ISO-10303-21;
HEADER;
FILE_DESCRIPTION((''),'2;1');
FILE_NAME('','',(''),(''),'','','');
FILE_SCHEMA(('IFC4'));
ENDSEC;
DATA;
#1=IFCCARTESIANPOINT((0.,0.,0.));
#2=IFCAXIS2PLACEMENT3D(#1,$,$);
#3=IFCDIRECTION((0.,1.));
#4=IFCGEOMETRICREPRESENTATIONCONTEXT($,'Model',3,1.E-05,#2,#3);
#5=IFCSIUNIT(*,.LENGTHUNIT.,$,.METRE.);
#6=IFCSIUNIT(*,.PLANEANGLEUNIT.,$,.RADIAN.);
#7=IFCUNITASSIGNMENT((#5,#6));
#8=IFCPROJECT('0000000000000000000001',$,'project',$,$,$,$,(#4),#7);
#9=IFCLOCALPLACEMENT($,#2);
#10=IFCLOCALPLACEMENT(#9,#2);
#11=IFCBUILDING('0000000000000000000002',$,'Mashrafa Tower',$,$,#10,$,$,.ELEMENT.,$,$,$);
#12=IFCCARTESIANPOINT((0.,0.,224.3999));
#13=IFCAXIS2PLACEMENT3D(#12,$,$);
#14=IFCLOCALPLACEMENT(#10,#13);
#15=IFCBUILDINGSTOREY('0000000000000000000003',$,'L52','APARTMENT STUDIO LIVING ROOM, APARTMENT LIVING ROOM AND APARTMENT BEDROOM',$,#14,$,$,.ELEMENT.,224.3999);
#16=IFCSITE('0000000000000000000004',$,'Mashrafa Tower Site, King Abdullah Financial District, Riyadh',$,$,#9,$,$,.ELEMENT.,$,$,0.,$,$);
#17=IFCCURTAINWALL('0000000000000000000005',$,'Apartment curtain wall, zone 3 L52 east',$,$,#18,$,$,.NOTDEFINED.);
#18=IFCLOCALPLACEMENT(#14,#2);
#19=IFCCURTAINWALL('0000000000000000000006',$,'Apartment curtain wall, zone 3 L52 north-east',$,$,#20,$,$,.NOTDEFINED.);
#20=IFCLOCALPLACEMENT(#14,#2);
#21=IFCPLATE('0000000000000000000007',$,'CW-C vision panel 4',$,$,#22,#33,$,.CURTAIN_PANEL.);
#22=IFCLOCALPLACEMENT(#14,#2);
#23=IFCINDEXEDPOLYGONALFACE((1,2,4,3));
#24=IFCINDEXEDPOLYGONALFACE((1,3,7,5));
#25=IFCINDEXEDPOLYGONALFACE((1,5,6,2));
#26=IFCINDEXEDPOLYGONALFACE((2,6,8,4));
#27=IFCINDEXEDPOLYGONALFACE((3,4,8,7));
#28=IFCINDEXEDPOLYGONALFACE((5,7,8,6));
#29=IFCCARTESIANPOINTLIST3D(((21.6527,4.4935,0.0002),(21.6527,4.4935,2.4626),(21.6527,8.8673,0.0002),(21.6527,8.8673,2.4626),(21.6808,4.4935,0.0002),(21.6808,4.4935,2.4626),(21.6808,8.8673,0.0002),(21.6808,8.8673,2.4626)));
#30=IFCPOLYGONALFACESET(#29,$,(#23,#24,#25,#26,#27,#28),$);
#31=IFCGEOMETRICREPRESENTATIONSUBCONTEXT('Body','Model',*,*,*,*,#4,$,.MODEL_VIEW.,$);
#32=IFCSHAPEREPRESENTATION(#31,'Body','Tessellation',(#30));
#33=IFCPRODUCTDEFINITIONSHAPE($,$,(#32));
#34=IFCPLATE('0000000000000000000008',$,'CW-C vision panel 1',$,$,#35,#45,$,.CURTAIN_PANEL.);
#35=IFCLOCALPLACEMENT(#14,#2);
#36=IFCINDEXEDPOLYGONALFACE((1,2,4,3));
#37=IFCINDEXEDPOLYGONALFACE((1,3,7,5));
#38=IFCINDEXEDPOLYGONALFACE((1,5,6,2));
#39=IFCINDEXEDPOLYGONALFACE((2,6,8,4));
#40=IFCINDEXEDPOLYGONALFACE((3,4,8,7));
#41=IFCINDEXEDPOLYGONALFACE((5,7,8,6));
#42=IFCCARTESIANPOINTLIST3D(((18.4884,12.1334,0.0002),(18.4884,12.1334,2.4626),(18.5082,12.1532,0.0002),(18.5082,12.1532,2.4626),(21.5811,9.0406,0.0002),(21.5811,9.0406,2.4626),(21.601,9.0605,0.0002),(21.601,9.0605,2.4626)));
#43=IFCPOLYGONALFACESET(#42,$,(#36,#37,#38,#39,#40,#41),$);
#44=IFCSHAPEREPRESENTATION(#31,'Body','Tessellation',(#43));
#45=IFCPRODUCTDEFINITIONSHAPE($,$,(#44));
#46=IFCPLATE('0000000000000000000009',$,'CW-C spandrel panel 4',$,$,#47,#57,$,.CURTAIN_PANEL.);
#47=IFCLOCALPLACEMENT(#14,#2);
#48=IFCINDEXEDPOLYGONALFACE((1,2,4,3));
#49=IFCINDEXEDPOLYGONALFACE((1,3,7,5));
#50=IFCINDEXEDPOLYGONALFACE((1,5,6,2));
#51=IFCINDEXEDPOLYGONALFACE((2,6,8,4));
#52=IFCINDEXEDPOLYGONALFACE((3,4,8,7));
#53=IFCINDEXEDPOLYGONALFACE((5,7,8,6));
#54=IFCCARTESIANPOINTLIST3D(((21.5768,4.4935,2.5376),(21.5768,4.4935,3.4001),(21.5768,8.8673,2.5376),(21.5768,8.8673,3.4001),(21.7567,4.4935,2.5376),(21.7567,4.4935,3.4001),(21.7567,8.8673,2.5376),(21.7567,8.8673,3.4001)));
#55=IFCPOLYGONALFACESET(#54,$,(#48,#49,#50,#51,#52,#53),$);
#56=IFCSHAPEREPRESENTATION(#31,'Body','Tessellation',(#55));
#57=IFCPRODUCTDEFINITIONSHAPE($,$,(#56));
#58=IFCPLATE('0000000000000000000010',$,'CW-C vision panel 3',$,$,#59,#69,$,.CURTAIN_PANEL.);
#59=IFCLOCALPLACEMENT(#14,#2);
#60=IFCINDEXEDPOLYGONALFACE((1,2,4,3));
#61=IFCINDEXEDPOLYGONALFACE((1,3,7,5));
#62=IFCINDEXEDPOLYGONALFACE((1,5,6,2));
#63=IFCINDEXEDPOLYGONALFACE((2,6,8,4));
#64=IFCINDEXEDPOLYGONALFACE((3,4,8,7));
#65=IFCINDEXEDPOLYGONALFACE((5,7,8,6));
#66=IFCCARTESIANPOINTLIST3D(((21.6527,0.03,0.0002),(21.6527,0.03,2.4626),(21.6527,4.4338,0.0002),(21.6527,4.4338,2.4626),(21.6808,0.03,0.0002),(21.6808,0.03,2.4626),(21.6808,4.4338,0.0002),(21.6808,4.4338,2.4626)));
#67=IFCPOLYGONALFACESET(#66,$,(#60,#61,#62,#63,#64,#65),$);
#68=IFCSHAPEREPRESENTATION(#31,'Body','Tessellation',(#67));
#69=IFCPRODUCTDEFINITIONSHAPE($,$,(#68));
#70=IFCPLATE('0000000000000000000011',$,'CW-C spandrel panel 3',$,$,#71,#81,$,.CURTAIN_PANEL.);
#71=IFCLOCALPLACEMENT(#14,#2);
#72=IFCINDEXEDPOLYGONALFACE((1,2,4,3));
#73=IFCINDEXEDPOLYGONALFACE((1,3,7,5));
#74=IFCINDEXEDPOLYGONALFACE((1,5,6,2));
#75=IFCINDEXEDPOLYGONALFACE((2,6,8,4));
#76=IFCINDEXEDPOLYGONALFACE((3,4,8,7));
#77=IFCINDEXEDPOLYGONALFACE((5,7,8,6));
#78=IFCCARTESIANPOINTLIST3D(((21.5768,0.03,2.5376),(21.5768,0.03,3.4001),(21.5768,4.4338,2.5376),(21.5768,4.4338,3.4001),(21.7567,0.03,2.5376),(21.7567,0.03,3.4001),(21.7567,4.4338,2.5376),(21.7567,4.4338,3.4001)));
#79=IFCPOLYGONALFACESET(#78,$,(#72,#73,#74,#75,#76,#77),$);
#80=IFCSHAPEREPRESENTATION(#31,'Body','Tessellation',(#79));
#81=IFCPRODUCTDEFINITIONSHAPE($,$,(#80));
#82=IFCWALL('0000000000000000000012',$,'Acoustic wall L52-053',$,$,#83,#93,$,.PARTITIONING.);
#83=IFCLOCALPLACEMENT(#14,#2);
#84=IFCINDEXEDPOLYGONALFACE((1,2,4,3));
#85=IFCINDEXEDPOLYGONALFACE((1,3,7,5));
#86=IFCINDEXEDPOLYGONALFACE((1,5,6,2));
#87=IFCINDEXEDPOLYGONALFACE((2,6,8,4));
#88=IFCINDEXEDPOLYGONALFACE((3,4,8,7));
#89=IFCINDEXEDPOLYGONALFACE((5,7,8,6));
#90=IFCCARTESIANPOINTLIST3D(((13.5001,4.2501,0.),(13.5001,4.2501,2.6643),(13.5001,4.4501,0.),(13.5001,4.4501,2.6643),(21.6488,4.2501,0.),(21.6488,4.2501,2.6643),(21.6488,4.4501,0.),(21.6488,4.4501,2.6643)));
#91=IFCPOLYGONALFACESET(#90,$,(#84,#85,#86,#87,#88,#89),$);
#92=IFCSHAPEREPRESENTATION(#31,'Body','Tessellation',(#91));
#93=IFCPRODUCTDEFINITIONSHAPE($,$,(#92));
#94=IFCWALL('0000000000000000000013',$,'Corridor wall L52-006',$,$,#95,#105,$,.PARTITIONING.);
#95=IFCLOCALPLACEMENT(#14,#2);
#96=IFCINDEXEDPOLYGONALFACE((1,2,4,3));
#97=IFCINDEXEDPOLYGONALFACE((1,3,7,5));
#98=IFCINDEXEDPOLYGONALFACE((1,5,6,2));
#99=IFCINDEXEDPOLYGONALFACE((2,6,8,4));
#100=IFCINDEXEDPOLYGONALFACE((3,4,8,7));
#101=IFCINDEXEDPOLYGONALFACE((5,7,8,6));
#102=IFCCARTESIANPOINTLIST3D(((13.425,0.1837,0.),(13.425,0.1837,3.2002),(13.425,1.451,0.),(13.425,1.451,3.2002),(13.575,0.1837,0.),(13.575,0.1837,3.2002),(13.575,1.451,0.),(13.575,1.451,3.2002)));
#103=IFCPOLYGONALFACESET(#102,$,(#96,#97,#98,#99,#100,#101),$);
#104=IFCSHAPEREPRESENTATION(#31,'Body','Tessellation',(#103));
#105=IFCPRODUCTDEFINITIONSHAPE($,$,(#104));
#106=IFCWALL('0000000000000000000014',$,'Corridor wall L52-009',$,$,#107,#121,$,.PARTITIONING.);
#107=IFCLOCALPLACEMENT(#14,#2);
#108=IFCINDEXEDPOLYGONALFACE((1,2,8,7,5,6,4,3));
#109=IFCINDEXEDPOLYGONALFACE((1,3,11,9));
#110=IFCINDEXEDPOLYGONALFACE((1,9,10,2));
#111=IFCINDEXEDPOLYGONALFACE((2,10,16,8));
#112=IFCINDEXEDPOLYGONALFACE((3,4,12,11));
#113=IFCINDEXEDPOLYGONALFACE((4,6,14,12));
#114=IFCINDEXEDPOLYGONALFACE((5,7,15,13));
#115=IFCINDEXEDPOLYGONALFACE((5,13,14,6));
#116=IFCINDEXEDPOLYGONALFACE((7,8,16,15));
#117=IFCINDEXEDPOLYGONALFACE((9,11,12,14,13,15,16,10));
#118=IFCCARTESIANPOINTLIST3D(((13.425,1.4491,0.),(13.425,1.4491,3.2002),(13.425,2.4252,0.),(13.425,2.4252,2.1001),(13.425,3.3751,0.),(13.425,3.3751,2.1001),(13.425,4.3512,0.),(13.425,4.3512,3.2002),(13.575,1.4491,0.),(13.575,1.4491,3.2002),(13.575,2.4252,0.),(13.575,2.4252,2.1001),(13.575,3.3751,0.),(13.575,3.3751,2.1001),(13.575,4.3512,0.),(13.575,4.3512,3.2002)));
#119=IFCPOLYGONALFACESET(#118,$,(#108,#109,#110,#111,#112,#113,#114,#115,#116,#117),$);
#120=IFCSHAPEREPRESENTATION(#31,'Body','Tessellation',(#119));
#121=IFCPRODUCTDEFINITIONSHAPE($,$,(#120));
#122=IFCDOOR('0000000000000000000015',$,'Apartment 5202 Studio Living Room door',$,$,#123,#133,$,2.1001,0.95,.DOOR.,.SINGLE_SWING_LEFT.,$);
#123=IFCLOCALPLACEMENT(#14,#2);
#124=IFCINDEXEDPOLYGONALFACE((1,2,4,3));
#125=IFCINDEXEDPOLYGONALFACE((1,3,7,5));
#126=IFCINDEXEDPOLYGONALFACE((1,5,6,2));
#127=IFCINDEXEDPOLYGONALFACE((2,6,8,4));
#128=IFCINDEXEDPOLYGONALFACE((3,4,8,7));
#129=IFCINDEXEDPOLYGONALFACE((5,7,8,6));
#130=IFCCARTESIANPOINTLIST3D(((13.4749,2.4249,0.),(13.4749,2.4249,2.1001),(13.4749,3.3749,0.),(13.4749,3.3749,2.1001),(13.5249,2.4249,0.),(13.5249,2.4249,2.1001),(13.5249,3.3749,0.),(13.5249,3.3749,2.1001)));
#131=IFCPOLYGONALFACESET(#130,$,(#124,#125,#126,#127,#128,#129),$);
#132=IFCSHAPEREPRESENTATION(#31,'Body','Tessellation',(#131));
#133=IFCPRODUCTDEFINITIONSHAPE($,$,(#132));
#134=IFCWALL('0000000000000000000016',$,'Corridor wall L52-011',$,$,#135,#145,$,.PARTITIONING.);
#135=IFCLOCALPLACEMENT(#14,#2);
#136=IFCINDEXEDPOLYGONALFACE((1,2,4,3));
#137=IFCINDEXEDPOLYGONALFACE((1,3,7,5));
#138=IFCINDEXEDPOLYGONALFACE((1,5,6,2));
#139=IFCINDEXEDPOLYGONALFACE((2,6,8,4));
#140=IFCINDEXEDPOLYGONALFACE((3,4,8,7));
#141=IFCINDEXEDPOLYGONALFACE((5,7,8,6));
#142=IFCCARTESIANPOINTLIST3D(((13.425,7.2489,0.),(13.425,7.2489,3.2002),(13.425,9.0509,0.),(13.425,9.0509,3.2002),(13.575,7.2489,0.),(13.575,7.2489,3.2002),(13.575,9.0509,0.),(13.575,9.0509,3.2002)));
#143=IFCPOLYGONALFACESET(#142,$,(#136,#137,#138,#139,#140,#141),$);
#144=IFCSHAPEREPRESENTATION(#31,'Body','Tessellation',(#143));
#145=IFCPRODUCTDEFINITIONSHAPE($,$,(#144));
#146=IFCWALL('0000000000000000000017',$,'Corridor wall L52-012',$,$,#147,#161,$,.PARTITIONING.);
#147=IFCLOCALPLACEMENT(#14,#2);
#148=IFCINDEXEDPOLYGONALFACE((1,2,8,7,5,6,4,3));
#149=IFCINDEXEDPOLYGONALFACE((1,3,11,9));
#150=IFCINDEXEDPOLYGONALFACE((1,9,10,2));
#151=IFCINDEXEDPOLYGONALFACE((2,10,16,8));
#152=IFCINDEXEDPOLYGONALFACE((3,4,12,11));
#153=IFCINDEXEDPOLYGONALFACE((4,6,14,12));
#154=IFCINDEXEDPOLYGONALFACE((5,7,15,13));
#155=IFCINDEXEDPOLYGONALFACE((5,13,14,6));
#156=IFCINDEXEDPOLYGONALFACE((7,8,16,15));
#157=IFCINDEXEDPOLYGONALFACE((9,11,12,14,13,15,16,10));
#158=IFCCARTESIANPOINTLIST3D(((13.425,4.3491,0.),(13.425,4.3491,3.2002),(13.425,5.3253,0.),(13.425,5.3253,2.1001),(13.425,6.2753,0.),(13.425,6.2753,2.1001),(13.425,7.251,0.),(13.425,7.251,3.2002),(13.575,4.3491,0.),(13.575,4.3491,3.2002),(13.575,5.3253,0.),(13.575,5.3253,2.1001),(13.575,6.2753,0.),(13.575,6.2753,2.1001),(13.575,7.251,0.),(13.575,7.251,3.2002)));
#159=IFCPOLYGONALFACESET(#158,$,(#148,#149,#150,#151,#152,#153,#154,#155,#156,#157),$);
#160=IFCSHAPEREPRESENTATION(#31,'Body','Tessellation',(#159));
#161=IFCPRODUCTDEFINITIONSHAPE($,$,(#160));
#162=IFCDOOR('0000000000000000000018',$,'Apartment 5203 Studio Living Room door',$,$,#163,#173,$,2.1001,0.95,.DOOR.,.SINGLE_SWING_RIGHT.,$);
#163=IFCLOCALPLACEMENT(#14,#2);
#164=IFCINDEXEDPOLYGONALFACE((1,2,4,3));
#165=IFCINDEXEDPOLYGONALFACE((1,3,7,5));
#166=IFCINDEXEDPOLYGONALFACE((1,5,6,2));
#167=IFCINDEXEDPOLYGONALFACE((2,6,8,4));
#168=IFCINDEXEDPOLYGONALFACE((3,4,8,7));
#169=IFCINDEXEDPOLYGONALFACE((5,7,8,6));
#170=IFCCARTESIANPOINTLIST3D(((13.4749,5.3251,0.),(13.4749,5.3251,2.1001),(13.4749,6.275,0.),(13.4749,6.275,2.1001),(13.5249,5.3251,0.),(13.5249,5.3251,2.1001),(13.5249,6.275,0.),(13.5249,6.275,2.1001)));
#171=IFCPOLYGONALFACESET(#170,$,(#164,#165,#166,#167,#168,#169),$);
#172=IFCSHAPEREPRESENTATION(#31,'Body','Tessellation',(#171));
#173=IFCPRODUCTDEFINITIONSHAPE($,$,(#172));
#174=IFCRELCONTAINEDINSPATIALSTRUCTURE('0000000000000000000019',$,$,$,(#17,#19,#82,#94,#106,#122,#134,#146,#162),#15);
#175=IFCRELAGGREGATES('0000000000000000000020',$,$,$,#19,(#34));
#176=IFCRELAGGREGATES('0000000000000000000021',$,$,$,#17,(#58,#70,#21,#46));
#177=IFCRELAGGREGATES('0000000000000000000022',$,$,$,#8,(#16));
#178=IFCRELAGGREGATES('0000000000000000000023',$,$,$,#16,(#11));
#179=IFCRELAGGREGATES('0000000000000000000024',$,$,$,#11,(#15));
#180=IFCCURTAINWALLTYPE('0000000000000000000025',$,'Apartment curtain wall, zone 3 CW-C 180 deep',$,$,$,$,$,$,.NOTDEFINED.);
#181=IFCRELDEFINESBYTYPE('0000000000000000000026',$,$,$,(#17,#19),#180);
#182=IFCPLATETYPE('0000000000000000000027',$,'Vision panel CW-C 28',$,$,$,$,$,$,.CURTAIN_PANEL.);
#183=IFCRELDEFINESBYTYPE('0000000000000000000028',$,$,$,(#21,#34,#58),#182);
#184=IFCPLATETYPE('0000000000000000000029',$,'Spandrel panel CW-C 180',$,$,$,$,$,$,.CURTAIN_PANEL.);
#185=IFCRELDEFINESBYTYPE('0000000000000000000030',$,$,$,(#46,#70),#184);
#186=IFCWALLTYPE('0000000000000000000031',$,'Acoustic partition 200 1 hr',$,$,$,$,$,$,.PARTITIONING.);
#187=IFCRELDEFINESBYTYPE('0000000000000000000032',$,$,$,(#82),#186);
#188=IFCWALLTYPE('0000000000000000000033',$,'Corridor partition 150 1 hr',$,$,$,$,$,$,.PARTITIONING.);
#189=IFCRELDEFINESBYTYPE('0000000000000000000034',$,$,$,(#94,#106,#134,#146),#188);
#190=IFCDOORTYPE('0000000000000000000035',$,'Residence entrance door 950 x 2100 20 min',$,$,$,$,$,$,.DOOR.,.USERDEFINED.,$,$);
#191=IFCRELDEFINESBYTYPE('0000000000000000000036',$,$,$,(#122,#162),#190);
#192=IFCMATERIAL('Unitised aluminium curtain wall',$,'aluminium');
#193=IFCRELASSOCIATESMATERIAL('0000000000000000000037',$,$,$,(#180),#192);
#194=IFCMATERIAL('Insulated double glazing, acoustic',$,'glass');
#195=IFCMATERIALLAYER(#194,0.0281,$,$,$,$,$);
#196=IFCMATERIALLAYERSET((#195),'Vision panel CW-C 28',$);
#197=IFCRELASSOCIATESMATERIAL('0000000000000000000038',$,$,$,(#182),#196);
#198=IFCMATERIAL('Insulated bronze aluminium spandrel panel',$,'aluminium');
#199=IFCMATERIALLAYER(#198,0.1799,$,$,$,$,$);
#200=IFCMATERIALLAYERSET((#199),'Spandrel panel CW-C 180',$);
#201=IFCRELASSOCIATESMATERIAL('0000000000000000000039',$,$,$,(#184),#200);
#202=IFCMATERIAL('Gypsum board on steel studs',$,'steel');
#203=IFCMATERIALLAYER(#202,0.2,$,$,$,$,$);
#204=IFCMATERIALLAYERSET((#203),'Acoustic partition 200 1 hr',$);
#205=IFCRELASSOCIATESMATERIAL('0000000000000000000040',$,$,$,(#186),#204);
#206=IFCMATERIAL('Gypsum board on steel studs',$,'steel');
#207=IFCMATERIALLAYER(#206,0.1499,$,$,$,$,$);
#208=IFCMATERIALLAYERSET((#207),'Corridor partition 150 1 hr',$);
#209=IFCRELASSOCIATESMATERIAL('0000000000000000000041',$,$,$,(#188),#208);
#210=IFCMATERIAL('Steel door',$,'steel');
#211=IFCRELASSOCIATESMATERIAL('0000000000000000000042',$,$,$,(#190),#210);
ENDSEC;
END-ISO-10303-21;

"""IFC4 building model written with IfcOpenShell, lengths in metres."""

from ifc_helpers import new_model, si_unit, direction, frame, frame_2d, origin, origin_2d, place, context, subcontext, project, spatial, rectangle, extrude, source, transform, mapped, material, layer, layer_set, type_object, type_shapes, element, fill, aggregate, save


model = new_model("IFC4")

# Units and contexts
model_context = context("Model", 3, precision=1e-05, world=origin(), true_north=direction((0.0, 1.0)))
body_context = subcontext(model_context, "Body", "Model", "MODEL_VIEW")
ifc_project = project(units=[si_unit("LENGTHUNIT", "METRE"), si_unit("PLANEANGLEUNIT", "RADIAN")], contexts=[model_context])

# Site, building, storey
site_placement = place(None, origin())
site = spatial("IfcSite", under=ifc_project, at=site_placement, Name="Mashrafa Tower Site, King Abdullah Financial District, Riyadh", CompositionType="ELEMENT", RefElevation=0.0)
building_placement = place(site_placement, origin())
building = spatial("IfcBuilding", under=site, at=building_placement, Name="Mashrafa Tower", CompositionType="ELEMENT")
storey_placement = place(building_placement, frame((0.0, 0.0, 224.3999)))
storey = spatial("IfcBuildingStorey", under=building, at=storey_placement, Name="L52", Description="APARTMENT STUDIO LIVING ROOM, APARTMENT LIVING ROOM AND APARTMENT BEDROOM", CompositionType="ELEMENT", Elevation=224.3999)

# Curtain wall
ifc_material_1 = material(Name="Unitised aluminium curtain wall", Category="aluminium")
curtain_wall_type = type_object("IfcCurtainWallType", Name="Apartment curtain wall, zone 3 CW-C 180 deep", PredefinedType="NOTDEFINED", material=ifc_material_1)
curtain_wall_1_placement = place(storey_placement, origin())
curtain_wall_1 = element("IfcCurtainWall", 1, at=curtain_wall_1_placement, inside=storey, type_object=curtain_wall_type, Name="Apartment curtain wall, zone 3 L52 east", PredefinedType="NOTDEFINED")

# Curtain wall
curtain_wall_2_placement = place(storey_placement, origin())
curtain_wall_2 = element("IfcCurtainWall", 2, at=curtain_wall_2_placement, inside=storey, type_object=curtain_wall_type, Name="Apartment curtain wall, zone 3 L52 north-east", PredefinedType="NOTDEFINED")

# Plates
ifc_material_2 = material(Name="Insulated double glazing, acoustic", Category="glass")
ifc_layer_1 = layer(ifc_material_2, 0.0281)
ifc_layer_set_1 = layer_set([ifc_layer_1], Name="Vision panel CW-C 28")
plate_type_1 = type_object("IfcPlateType", Name="Vision panel CW-C 28", PredefinedType="CURTAIN_PANEL", material=ifc_layer_set_1)
shared_shape_1 = source(origin(), body_context, "Body", "SweptSolid", [
    extrude(rectangle(XDim=4.3738, YDim=0.0281, at=origin_2d()), origin(), (0.0, 0.0, 1.0), 2.4624),
])
plate_1_placement = place(storey_placement, frame((21.6667, 6.6804, 0.0002), z_axis=(0.0, 0.0, 1.0), x_axis=(0.0, 1.0, 0.0)))
plate_1 = element("IfcPlate", 3, at=plate_1_placement, type_object=plate_type_1, Name="CW-C vision panel 4", PredefinedType="CURTAIN_PANEL", context=body_context, shape_type="MappedRepresentation", body=[
    mapped(shared_shape_1, transform((0.0, 0.0, 0.0))),
])
plate_2_placement = place(storey_placement, frame((20.0447, 10.5969, 0.0002), z_axis=(0.0, 0.0, 1.0), x_axis=(-0.707107, 0.707107, 0.0)))
plate_2 = element("IfcPlate", 4, at=plate_2_placement, type_object=plate_type_1, Name="CW-C vision panel 1", PredefinedType="CURTAIN_PANEL", context=body_context, shape_type="MappedRepresentation", body=[
    mapped(shared_shape_1, transform((0.0, 0.0, 0.0))),
])
aggregate(curtain_wall_2, [plate_2])
ifc_material_3 = material(Name="Insulated bronze aluminium spandrel panel", Category="aluminium")
ifc_layer_2 = layer(ifc_material_3, 0.1799)
ifc_layer_set_2 = layer_set([ifc_layer_2], Name="Spandrel panel CW-C 180")
plate_type_2 = type_object("IfcPlateType", Name="Spandrel panel CW-C 180", PredefinedType="CURTAIN_PANEL", material=ifc_layer_set_2)
shared_shape_2 = source(origin(), body_context, "Body", "SweptSolid", [
    extrude(rectangle(XDim=4.3738, YDim=0.1799, at=origin_2d()), origin(), (0.0, 0.0, 1.0), 0.8625),
])
plate_3_placement = place(storey_placement, frame((21.6667, 6.6804, 2.5376), z_axis=(0.0, 0.0, 1.0), x_axis=(0.0, 1.0, 0.0)))
plate_3 = element("IfcPlate", 5, at=plate_3_placement, type_object=plate_type_2, Name="CW-C spandrel panel 4", PredefinedType="CURTAIN_PANEL", context=body_context, shape_type="MappedRepresentation", body=[
    mapped(shared_shape_2, transform((0.0, 0.0, 0.0))),
])
shared_shape_3 = source(origin(), body_context, "Body", "SweptSolid", [
    extrude(rectangle(XDim=4.4038, YDim=0.0281, at=origin_2d()), origin(), (0.0, 0.0, 1.0), 2.4624),
])
type_shapes(plate_type_1, [shared_shape_1, shared_shape_3])
plate_4_placement = place(storey_placement, frame((21.6667, 2.2319, 0.0002), z_axis=(0.0, 0.0, 1.0), x_axis=(0.0, 1.0, 0.0)))
plate_4 = element("IfcPlate", 6, at=plate_4_placement, type_object=plate_type_1, Name="CW-C vision panel 3", PredefinedType="CURTAIN_PANEL", context=body_context, shape_type="MappedRepresentation", body=[
    mapped(shared_shape_3, transform((0.0, 0.0, 0.0))),
])
shared_shape_4 = source(origin(), body_context, "Body", "SweptSolid", [
    extrude(rectangle(XDim=4.4038, YDim=0.1799, at=origin_2d()), origin(), (0.0, 0.0, 1.0), 0.8625),
])
type_shapes(plate_type_2, [shared_shape_2, shared_shape_4])
plate_5_placement = place(storey_placement, frame((21.6667, 2.2319, 2.5376), z_axis=(0.0, 0.0, 1.0), x_axis=(0.0, 1.0, 0.0)))
plate_5 = element("IfcPlate", 7, at=plate_5_placement, type_object=plate_type_2, Name="CW-C spandrel panel 3", PredefinedType="CURTAIN_PANEL", context=body_context, shape_type="MappedRepresentation", body=[
    mapped(shared_shape_4, transform((0.0, 0.0, 0.0))),
])
aggregate(curtain_wall_1, [plate_4, plate_5, plate_1, plate_3])

# Walls
ifc_material_4 = material(Name="Gypsum board on steel studs", Category="steel")
ifc_layer_3 = layer(ifc_material_4, 0.2)
ifc_layer_set_3 = layer_set([ifc_layer_3], Name="Acoustic partition 200 1 hr")
wall_type_1 = type_object("IfcWallType", Name="Acoustic partition 200 1 hr", PredefinedType="PARTITIONING", material=ifc_layer_set_3)
wall_1_placement = place(storey_placement, frame((21.6487, 4.3501, 0.0), z_axis=(0.0, 0.0, 1.0), x_axis=(-1.0, 0.0, 0.0)))
element("IfcWall", 8, at=wall_1_placement, inside=storey, type_object=wall_type_1, Name="Acoustic wall L52-053", PredefinedType="PARTITIONING", context=body_context, shape_type="SweptSolid", body=[
    extrude(rectangle(XDim=8.1487, YDim=0.2, at=frame_2d((4.0742, 0.0))), origin(), (0.0, 0.0, 1.0), 2.6643),
])
ifc_material_5 = material(Name="Gypsum board on steel studs", Category="steel")
ifc_layer_4 = layer(ifc_material_5, 0.1499)
ifc_layer_set_4 = layer_set([ifc_layer_4], Name="Corridor partition 150 1 hr")
wall_type_2 = type_object("IfcWallType", Name="Corridor partition 150 1 hr", PredefinedType="PARTITIONING", material=ifc_layer_set_4)
wall_2_placement = place(storey_placement, frame((13.5, 0.1836, 0.0), z_axis=(0.0, 0.0, 1.0), x_axis=(0.0, 1.0, 0.0)))
element("IfcWall", 9, at=wall_2_placement, inside=storey, type_object=wall_type_2, Name="Corridor wall L52-006", PredefinedType="PARTITIONING", context=body_context, shape_type="SweptSolid", body=[
    extrude(rectangle(XDim=1.2673, YDim=0.1499, at=frame_2d((0.6338, 0.0))), origin(), (0.0, 0.0, 1.0), 3.2002),
])

# Wall, opening, door
wall_3_placement = place(storey_placement, frame((13.5, 1.449, 0.0), z_axis=(0.0, 0.0, 1.0), x_axis=(0.0, 1.0, 0.0)))
wall_3 = element("IfcWall", 10, at=wall_3_placement, inside=storey, type_object=wall_type_2, Name="Corridor wall L52-009", PredefinedType="PARTITIONING", context=body_context, shape_type="SweptSolid", body=[
    extrude(rectangle(XDim=2.9021, YDim=0.1499, at=frame_2d((1.4512, 0.0))), origin(), (0.0, 0.0, 1.0), 3.2002),
])
opening_1_placement = place(wall_3_placement, frame((0.9761, 0.0, 0.0)))
opening_1 = element("IfcOpeningElement", 11, at=opening_1_placement, cuts=wall_3, PredefinedType="OPENING", context=body_context, shape_type="SweptSolid", body=[
    extrude(rectangle(XDim=0.95, YDim=2.1001, at=frame_2d((0.4751, 1.05))), frame((0.0, 0.085, 0.0), z_axis=(0.0, -1.0, 0.0), x_axis=(1.0, 0.0, 0.0)), (0.0, 0.0, 1.0), 0.1699),
])
ifc_material_6 = material(Name="Steel door", Category="steel")
door_type = type_object("IfcDoorType", Name="Residence entrance door 950 x 2100 20 min", OperationType="USERDEFINED", PredefinedType="DOOR", material=ifc_material_6)
door_1_placement = place(opening_1_placement, frame((0.95, 0.0, 0.0), z_axis=(0.0, 0.0, 1.0), x_axis=(-1.0, 0.0, 0.0)))
door_1 = element("IfcDoor", 12, at=door_1_placement, inside=storey, type_object=door_type, Name="Apartment 5202 Studio Living Room door", OperationType="SINGLE_SWING_LEFT", OverallHeight=2.1001, OverallWidth=0.95, PredefinedType="DOOR", context=body_context, shape_type="SweptSolid", body=[
    extrude(rectangle(XDim=0.95, YDim=2.1001, at=frame_2d((0.4751, 1.05))), frame((0.0, 0.0249, 0.0), z_axis=(0.0, -1.0, 0.0), x_axis=(1.0, 0.0, 0.0)), (0.0, 0.0, 1.0), 0.05),
])
fill(opening_1, door_1)

# Wall
wall_4_placement = place(storey_placement, frame((13.5, 7.249, 0.0), z_axis=(0.0, 0.0, 1.0), x_axis=(0.0, 1.0, 0.0)))
element("IfcWall", 13, at=wall_4_placement, inside=storey, type_object=wall_type_2, Name="Corridor wall L52-011", PredefinedType="PARTITIONING", context=body_context, shape_type="SweptSolid", body=[
    extrude(rectangle(XDim=1.802, YDim=0.1499, at=frame_2d((0.9009, 0.0))), origin(), (0.0, 0.0, 1.0), 3.2002),
])

# Wall, opening, door
wall_5_placement = place(storey_placement, frame((13.5, 4.3491, 0.0), z_axis=(0.0, 0.0, 1.0), x_axis=(0.0, 1.0, 0.0)))
wall_5 = element("IfcWall", 14, at=wall_5_placement, inside=storey, type_object=wall_type_2, Name="Corridor wall L52-012", PredefinedType="PARTITIONING", context=body_context, shape_type="SweptSolid", body=[
    extrude(rectangle(XDim=2.9019, YDim=0.1499, at=frame_2d((1.4509, 0.0))), origin(), (0.0, 0.0, 1.0), 3.2002),
])
opening_2_placement = place(wall_5_placement, frame((0.9761, 0.0, 0.0)))
opening_2 = element("IfcOpeningElement", 15, at=opening_2_placement, cuts=wall_5, PredefinedType="OPENING", context=body_context, shape_type="SweptSolid", body=[
    extrude(rectangle(XDim=0.95, YDim=2.1001, at=frame_2d((0.4751, 1.05))), frame((0.0, 0.085, 0.0), z_axis=(0.0, -1.0, 0.0), x_axis=(1.0, 0.0, 0.0)), (0.0, 0.0, 1.0), 0.1699),
])
door_2_placement = place(opening_2_placement, frame((0.95, 0.0, 0.0), z_axis=(0.0, 0.0, 1.0), x_axis=(-1.0, 0.0, 0.0)))
door_2 = element("IfcDoor", 16, at=door_2_placement, inside=storey, type_object=door_type, Name="Apartment 5203 Studio Living Room door", OperationType="SINGLE_SWING_RIGHT", OverallHeight=2.1001, OverallWidth=0.95, PredefinedType="DOOR", context=body_context, shape_type="SweptSolid", body=[
    extrude(rectangle(XDim=0.95, YDim=2.1001, at=frame_2d((0.4751, 1.05))), frame((0.0, 0.0249, 0.0), z_axis=(0.0, -1.0, 0.0), x_axis=(1.0, 0.0, 0.0)), (0.0, 0.0, 1.0), 0.05),
])
fill(opening_2, door_2)

save(model, "model.ifc")
